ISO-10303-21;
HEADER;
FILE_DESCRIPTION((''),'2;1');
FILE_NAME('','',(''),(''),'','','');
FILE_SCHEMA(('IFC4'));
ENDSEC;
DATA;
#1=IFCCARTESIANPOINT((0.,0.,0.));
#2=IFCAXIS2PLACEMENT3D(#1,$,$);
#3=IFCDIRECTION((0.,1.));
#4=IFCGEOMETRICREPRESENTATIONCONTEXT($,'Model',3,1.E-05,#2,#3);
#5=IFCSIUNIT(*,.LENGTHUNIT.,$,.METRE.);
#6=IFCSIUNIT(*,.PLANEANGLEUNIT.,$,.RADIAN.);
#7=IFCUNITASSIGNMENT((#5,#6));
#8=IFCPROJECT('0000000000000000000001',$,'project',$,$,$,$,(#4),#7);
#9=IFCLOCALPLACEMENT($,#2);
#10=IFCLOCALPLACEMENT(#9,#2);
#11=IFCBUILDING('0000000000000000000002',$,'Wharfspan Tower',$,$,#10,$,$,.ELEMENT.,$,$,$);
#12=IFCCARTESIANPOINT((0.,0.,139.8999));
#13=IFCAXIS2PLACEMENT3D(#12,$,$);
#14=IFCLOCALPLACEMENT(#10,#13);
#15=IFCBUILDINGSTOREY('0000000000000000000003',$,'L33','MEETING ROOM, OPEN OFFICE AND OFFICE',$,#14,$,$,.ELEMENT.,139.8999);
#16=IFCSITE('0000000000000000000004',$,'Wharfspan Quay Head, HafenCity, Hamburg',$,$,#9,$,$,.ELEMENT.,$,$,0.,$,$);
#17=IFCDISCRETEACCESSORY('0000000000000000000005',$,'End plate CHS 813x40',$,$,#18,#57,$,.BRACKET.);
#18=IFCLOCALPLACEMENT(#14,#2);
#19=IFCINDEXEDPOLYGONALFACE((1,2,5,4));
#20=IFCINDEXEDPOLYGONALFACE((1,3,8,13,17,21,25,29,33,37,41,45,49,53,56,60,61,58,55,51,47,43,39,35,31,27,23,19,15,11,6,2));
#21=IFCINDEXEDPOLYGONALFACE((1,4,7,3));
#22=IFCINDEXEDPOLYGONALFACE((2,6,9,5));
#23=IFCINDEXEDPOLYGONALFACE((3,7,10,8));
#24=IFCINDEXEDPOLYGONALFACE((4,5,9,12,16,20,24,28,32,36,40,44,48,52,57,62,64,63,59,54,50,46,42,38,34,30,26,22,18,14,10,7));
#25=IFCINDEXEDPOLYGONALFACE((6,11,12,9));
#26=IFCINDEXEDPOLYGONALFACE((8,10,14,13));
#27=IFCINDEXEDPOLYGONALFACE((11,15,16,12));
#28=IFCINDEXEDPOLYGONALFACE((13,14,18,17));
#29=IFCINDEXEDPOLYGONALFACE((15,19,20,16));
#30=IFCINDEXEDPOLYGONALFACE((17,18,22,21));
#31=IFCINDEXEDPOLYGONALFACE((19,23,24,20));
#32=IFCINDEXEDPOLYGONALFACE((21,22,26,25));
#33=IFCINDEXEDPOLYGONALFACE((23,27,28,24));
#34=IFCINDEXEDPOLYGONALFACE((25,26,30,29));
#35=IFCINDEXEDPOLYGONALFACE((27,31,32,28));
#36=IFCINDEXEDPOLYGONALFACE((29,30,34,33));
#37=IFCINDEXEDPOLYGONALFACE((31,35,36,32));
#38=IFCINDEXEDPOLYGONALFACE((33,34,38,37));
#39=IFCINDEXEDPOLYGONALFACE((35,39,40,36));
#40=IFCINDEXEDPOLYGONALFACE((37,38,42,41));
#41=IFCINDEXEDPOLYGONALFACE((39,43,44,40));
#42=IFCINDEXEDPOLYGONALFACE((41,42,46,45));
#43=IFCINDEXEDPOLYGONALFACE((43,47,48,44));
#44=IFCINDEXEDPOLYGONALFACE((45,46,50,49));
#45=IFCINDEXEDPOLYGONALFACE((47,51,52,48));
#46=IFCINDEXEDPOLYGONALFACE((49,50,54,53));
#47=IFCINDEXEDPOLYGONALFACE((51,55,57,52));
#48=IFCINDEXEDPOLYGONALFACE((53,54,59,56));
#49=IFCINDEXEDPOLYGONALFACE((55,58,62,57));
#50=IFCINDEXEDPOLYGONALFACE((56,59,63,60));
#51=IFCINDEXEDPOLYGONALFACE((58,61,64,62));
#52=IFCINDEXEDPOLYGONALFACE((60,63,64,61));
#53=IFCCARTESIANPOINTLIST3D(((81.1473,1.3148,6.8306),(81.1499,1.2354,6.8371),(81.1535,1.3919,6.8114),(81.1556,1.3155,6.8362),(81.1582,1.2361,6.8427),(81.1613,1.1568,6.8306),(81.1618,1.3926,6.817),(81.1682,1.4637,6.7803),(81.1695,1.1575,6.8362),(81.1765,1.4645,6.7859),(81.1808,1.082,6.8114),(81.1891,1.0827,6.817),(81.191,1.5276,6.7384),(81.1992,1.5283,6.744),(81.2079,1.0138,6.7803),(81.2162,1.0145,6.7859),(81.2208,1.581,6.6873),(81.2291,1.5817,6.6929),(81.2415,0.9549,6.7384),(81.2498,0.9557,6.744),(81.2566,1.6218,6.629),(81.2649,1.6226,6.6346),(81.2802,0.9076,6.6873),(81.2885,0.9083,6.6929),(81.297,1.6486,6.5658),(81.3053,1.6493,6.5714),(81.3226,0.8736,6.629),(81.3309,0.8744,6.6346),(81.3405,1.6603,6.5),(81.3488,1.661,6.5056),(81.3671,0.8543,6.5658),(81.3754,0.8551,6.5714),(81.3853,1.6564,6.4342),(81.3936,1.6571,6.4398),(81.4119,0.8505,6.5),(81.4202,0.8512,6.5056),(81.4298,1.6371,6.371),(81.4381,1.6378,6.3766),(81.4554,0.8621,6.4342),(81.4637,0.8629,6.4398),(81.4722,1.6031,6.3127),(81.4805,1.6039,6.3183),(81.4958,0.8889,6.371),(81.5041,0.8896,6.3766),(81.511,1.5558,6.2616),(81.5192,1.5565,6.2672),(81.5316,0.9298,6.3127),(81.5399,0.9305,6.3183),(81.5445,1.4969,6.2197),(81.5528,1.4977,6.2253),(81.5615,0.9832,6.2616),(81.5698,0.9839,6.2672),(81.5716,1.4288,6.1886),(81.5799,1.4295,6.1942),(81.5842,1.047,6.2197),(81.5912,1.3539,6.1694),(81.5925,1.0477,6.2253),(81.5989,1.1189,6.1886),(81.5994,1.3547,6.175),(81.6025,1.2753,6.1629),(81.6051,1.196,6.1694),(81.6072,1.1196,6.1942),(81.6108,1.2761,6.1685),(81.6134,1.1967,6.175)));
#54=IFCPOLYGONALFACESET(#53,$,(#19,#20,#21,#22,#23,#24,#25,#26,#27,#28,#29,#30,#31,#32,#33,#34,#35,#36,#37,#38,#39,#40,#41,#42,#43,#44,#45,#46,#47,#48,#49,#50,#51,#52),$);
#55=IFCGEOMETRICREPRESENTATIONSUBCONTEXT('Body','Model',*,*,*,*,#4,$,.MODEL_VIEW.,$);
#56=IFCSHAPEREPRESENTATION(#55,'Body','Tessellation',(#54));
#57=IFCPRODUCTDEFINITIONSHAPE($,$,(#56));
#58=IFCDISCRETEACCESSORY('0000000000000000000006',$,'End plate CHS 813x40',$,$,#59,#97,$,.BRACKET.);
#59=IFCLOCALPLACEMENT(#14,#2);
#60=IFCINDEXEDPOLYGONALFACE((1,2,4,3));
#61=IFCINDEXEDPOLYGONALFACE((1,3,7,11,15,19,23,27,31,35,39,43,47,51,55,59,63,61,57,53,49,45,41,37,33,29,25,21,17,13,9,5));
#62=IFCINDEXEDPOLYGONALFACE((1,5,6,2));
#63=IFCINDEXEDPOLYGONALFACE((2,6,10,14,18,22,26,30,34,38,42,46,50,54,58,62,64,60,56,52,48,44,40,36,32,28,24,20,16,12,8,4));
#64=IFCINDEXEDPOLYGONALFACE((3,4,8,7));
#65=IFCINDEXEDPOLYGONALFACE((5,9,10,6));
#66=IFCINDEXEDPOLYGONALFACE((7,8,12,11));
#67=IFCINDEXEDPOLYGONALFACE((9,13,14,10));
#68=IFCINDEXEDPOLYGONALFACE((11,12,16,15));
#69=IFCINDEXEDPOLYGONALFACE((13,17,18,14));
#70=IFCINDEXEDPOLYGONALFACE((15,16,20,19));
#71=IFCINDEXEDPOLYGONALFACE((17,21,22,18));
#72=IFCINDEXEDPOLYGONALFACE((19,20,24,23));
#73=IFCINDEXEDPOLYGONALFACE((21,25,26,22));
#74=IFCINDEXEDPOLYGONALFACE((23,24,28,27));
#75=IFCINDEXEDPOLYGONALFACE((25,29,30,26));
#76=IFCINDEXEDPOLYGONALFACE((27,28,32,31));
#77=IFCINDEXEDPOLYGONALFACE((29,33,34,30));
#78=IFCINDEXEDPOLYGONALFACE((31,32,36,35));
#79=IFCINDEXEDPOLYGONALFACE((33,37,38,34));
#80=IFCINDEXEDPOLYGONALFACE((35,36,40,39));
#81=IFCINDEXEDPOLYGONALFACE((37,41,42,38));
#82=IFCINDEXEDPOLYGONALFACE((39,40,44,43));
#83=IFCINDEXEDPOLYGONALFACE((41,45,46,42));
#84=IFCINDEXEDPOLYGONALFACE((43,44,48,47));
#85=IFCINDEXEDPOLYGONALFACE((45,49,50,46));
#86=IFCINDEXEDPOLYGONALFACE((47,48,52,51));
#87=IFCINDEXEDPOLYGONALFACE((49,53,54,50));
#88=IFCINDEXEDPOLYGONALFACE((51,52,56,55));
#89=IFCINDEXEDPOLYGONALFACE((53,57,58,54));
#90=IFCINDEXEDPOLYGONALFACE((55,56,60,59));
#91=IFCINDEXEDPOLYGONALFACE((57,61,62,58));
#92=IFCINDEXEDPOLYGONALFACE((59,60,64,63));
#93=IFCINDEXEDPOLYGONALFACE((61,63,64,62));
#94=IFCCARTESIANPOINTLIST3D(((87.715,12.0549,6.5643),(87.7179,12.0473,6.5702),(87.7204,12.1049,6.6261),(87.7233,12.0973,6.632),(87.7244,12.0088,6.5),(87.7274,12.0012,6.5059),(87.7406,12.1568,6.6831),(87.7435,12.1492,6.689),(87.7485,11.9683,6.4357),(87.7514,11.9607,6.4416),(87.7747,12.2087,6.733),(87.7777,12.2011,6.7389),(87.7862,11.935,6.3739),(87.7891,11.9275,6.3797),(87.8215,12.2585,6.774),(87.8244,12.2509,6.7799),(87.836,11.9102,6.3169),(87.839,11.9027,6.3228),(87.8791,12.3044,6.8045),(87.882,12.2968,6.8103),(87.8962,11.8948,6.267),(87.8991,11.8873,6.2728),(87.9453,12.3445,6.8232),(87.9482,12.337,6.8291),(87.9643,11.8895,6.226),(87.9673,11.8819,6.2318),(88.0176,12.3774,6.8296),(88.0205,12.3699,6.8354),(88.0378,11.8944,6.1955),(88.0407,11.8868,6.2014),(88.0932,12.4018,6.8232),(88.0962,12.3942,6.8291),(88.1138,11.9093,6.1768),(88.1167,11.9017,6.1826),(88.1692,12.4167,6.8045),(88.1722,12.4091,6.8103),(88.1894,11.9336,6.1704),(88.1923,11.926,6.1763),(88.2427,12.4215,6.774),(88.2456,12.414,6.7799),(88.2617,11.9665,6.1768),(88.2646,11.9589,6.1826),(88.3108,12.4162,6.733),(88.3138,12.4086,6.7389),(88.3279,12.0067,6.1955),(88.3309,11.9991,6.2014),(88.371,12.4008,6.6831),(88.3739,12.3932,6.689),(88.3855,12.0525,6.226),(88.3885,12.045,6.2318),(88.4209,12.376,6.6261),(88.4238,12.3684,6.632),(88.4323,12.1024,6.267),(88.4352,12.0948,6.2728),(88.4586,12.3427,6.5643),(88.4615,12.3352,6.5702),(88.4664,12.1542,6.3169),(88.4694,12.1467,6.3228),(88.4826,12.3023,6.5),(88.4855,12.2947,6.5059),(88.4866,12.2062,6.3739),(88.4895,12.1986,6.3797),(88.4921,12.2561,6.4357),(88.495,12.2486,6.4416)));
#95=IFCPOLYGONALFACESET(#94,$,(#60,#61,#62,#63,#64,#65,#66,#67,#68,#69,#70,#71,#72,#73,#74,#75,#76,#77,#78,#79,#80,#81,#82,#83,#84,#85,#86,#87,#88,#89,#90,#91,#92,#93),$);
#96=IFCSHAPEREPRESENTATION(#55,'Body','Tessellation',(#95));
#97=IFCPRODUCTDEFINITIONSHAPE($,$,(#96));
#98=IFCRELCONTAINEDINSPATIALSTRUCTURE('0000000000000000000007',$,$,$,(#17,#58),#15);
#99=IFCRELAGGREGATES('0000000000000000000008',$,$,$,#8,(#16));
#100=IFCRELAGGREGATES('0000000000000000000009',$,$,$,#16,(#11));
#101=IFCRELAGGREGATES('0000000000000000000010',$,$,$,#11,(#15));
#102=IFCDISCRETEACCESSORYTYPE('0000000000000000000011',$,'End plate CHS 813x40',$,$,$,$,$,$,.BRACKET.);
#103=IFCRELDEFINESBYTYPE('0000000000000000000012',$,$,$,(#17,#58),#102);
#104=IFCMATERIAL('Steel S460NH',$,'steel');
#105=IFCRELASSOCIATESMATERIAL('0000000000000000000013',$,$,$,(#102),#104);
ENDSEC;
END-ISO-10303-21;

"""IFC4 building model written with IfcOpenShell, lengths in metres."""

from ifc_helpers import new_model, si_unit, direction, frame, origin, origin_2d, place, context, subcontext, project, spatial, circle, extrude, material, material_profile, profile_set, type_object, element, save


model = new_model("IFC4")

# Units and contexts
model_context = context("Model", 3, precision=1e-05, world=origin(), true_north=direction((0.0, 1.0)))
body_context = subcontext(model_context, "Body", "Model", "MODEL_VIEW")
ifc_project = project(units=[si_unit("LENGTHUNIT", "METRE"), si_unit("PLANEANGLEUNIT", "RADIAN")], contexts=[model_context])

# Site, building, storey
site_placement = place(None, origin())
site = spatial("IfcSite", under=ifc_project, at=site_placement, Name="Wharfspan Quay Head, HafenCity, Hamburg", CompositionType="ELEMENT", RefElevation=0.0)
building_placement = place(site_placement, origin())
building = spatial("IfcBuilding", under=site, at=building_placement, Name="Wharfspan Tower", CompositionType="ELEMENT")
storey_placement = place(building_placement, frame((0.0, 0.0, 139.8999)))
storey = spatial("IfcBuildingStorey", under=building, at=storey_placement, Name="L33", Description="MEETING ROOM, OPEN OFFICE AND OFFICE", CompositionType="ELEMENT", Elevation=139.8999)

# Discrete accessories
ifc_material_1 = material(Name="Steel S460NH", Category="steel")
ifc_material_profile_1 = material_profile(ifc_material_1, circle(Radius=0.4065, at=origin_2d()))
ifc_profile_set_1 = profile_set([ifc_material_profile_1], Name="Steel S460NH")
discrete_accessory_type = type_object("IfcDiscreteAccessoryType", Name="End plate CHS 813x40", PredefinedType="BRACKET", material=ifc_profile_set_1)
for number, where, z_axis, x_axis, name in (
    (1, (81.3762, 1.2554, 6.5), (0.82608, 0.072889, 0.558819), (-0.087894, 0.99613, 0.000001), "End plate CHS 813x40"),
    (2, (88.1035, 12.1555, 6.5), (0.292683, -0.756098, 0.585366), (0.932565, 0.360992, -0.000001), "End plate CHS 813x40"),
):
    element("IfcDiscreteAccessory", number, at=place(storey_placement, frame(where, z_axis=z_axis, x_axis=x_axis)), inside=storey, type_object=discrete_accessory_type, Name=name, PredefinedType="BRACKET", context=body_context, shape_type="SweptSolid", body=[
        extrude(circle(Radius=0.4065, at=origin_2d()), origin(), (0.0, 0.0, 1.0), 0.01),
    ])

save(model, "model.ifc")
